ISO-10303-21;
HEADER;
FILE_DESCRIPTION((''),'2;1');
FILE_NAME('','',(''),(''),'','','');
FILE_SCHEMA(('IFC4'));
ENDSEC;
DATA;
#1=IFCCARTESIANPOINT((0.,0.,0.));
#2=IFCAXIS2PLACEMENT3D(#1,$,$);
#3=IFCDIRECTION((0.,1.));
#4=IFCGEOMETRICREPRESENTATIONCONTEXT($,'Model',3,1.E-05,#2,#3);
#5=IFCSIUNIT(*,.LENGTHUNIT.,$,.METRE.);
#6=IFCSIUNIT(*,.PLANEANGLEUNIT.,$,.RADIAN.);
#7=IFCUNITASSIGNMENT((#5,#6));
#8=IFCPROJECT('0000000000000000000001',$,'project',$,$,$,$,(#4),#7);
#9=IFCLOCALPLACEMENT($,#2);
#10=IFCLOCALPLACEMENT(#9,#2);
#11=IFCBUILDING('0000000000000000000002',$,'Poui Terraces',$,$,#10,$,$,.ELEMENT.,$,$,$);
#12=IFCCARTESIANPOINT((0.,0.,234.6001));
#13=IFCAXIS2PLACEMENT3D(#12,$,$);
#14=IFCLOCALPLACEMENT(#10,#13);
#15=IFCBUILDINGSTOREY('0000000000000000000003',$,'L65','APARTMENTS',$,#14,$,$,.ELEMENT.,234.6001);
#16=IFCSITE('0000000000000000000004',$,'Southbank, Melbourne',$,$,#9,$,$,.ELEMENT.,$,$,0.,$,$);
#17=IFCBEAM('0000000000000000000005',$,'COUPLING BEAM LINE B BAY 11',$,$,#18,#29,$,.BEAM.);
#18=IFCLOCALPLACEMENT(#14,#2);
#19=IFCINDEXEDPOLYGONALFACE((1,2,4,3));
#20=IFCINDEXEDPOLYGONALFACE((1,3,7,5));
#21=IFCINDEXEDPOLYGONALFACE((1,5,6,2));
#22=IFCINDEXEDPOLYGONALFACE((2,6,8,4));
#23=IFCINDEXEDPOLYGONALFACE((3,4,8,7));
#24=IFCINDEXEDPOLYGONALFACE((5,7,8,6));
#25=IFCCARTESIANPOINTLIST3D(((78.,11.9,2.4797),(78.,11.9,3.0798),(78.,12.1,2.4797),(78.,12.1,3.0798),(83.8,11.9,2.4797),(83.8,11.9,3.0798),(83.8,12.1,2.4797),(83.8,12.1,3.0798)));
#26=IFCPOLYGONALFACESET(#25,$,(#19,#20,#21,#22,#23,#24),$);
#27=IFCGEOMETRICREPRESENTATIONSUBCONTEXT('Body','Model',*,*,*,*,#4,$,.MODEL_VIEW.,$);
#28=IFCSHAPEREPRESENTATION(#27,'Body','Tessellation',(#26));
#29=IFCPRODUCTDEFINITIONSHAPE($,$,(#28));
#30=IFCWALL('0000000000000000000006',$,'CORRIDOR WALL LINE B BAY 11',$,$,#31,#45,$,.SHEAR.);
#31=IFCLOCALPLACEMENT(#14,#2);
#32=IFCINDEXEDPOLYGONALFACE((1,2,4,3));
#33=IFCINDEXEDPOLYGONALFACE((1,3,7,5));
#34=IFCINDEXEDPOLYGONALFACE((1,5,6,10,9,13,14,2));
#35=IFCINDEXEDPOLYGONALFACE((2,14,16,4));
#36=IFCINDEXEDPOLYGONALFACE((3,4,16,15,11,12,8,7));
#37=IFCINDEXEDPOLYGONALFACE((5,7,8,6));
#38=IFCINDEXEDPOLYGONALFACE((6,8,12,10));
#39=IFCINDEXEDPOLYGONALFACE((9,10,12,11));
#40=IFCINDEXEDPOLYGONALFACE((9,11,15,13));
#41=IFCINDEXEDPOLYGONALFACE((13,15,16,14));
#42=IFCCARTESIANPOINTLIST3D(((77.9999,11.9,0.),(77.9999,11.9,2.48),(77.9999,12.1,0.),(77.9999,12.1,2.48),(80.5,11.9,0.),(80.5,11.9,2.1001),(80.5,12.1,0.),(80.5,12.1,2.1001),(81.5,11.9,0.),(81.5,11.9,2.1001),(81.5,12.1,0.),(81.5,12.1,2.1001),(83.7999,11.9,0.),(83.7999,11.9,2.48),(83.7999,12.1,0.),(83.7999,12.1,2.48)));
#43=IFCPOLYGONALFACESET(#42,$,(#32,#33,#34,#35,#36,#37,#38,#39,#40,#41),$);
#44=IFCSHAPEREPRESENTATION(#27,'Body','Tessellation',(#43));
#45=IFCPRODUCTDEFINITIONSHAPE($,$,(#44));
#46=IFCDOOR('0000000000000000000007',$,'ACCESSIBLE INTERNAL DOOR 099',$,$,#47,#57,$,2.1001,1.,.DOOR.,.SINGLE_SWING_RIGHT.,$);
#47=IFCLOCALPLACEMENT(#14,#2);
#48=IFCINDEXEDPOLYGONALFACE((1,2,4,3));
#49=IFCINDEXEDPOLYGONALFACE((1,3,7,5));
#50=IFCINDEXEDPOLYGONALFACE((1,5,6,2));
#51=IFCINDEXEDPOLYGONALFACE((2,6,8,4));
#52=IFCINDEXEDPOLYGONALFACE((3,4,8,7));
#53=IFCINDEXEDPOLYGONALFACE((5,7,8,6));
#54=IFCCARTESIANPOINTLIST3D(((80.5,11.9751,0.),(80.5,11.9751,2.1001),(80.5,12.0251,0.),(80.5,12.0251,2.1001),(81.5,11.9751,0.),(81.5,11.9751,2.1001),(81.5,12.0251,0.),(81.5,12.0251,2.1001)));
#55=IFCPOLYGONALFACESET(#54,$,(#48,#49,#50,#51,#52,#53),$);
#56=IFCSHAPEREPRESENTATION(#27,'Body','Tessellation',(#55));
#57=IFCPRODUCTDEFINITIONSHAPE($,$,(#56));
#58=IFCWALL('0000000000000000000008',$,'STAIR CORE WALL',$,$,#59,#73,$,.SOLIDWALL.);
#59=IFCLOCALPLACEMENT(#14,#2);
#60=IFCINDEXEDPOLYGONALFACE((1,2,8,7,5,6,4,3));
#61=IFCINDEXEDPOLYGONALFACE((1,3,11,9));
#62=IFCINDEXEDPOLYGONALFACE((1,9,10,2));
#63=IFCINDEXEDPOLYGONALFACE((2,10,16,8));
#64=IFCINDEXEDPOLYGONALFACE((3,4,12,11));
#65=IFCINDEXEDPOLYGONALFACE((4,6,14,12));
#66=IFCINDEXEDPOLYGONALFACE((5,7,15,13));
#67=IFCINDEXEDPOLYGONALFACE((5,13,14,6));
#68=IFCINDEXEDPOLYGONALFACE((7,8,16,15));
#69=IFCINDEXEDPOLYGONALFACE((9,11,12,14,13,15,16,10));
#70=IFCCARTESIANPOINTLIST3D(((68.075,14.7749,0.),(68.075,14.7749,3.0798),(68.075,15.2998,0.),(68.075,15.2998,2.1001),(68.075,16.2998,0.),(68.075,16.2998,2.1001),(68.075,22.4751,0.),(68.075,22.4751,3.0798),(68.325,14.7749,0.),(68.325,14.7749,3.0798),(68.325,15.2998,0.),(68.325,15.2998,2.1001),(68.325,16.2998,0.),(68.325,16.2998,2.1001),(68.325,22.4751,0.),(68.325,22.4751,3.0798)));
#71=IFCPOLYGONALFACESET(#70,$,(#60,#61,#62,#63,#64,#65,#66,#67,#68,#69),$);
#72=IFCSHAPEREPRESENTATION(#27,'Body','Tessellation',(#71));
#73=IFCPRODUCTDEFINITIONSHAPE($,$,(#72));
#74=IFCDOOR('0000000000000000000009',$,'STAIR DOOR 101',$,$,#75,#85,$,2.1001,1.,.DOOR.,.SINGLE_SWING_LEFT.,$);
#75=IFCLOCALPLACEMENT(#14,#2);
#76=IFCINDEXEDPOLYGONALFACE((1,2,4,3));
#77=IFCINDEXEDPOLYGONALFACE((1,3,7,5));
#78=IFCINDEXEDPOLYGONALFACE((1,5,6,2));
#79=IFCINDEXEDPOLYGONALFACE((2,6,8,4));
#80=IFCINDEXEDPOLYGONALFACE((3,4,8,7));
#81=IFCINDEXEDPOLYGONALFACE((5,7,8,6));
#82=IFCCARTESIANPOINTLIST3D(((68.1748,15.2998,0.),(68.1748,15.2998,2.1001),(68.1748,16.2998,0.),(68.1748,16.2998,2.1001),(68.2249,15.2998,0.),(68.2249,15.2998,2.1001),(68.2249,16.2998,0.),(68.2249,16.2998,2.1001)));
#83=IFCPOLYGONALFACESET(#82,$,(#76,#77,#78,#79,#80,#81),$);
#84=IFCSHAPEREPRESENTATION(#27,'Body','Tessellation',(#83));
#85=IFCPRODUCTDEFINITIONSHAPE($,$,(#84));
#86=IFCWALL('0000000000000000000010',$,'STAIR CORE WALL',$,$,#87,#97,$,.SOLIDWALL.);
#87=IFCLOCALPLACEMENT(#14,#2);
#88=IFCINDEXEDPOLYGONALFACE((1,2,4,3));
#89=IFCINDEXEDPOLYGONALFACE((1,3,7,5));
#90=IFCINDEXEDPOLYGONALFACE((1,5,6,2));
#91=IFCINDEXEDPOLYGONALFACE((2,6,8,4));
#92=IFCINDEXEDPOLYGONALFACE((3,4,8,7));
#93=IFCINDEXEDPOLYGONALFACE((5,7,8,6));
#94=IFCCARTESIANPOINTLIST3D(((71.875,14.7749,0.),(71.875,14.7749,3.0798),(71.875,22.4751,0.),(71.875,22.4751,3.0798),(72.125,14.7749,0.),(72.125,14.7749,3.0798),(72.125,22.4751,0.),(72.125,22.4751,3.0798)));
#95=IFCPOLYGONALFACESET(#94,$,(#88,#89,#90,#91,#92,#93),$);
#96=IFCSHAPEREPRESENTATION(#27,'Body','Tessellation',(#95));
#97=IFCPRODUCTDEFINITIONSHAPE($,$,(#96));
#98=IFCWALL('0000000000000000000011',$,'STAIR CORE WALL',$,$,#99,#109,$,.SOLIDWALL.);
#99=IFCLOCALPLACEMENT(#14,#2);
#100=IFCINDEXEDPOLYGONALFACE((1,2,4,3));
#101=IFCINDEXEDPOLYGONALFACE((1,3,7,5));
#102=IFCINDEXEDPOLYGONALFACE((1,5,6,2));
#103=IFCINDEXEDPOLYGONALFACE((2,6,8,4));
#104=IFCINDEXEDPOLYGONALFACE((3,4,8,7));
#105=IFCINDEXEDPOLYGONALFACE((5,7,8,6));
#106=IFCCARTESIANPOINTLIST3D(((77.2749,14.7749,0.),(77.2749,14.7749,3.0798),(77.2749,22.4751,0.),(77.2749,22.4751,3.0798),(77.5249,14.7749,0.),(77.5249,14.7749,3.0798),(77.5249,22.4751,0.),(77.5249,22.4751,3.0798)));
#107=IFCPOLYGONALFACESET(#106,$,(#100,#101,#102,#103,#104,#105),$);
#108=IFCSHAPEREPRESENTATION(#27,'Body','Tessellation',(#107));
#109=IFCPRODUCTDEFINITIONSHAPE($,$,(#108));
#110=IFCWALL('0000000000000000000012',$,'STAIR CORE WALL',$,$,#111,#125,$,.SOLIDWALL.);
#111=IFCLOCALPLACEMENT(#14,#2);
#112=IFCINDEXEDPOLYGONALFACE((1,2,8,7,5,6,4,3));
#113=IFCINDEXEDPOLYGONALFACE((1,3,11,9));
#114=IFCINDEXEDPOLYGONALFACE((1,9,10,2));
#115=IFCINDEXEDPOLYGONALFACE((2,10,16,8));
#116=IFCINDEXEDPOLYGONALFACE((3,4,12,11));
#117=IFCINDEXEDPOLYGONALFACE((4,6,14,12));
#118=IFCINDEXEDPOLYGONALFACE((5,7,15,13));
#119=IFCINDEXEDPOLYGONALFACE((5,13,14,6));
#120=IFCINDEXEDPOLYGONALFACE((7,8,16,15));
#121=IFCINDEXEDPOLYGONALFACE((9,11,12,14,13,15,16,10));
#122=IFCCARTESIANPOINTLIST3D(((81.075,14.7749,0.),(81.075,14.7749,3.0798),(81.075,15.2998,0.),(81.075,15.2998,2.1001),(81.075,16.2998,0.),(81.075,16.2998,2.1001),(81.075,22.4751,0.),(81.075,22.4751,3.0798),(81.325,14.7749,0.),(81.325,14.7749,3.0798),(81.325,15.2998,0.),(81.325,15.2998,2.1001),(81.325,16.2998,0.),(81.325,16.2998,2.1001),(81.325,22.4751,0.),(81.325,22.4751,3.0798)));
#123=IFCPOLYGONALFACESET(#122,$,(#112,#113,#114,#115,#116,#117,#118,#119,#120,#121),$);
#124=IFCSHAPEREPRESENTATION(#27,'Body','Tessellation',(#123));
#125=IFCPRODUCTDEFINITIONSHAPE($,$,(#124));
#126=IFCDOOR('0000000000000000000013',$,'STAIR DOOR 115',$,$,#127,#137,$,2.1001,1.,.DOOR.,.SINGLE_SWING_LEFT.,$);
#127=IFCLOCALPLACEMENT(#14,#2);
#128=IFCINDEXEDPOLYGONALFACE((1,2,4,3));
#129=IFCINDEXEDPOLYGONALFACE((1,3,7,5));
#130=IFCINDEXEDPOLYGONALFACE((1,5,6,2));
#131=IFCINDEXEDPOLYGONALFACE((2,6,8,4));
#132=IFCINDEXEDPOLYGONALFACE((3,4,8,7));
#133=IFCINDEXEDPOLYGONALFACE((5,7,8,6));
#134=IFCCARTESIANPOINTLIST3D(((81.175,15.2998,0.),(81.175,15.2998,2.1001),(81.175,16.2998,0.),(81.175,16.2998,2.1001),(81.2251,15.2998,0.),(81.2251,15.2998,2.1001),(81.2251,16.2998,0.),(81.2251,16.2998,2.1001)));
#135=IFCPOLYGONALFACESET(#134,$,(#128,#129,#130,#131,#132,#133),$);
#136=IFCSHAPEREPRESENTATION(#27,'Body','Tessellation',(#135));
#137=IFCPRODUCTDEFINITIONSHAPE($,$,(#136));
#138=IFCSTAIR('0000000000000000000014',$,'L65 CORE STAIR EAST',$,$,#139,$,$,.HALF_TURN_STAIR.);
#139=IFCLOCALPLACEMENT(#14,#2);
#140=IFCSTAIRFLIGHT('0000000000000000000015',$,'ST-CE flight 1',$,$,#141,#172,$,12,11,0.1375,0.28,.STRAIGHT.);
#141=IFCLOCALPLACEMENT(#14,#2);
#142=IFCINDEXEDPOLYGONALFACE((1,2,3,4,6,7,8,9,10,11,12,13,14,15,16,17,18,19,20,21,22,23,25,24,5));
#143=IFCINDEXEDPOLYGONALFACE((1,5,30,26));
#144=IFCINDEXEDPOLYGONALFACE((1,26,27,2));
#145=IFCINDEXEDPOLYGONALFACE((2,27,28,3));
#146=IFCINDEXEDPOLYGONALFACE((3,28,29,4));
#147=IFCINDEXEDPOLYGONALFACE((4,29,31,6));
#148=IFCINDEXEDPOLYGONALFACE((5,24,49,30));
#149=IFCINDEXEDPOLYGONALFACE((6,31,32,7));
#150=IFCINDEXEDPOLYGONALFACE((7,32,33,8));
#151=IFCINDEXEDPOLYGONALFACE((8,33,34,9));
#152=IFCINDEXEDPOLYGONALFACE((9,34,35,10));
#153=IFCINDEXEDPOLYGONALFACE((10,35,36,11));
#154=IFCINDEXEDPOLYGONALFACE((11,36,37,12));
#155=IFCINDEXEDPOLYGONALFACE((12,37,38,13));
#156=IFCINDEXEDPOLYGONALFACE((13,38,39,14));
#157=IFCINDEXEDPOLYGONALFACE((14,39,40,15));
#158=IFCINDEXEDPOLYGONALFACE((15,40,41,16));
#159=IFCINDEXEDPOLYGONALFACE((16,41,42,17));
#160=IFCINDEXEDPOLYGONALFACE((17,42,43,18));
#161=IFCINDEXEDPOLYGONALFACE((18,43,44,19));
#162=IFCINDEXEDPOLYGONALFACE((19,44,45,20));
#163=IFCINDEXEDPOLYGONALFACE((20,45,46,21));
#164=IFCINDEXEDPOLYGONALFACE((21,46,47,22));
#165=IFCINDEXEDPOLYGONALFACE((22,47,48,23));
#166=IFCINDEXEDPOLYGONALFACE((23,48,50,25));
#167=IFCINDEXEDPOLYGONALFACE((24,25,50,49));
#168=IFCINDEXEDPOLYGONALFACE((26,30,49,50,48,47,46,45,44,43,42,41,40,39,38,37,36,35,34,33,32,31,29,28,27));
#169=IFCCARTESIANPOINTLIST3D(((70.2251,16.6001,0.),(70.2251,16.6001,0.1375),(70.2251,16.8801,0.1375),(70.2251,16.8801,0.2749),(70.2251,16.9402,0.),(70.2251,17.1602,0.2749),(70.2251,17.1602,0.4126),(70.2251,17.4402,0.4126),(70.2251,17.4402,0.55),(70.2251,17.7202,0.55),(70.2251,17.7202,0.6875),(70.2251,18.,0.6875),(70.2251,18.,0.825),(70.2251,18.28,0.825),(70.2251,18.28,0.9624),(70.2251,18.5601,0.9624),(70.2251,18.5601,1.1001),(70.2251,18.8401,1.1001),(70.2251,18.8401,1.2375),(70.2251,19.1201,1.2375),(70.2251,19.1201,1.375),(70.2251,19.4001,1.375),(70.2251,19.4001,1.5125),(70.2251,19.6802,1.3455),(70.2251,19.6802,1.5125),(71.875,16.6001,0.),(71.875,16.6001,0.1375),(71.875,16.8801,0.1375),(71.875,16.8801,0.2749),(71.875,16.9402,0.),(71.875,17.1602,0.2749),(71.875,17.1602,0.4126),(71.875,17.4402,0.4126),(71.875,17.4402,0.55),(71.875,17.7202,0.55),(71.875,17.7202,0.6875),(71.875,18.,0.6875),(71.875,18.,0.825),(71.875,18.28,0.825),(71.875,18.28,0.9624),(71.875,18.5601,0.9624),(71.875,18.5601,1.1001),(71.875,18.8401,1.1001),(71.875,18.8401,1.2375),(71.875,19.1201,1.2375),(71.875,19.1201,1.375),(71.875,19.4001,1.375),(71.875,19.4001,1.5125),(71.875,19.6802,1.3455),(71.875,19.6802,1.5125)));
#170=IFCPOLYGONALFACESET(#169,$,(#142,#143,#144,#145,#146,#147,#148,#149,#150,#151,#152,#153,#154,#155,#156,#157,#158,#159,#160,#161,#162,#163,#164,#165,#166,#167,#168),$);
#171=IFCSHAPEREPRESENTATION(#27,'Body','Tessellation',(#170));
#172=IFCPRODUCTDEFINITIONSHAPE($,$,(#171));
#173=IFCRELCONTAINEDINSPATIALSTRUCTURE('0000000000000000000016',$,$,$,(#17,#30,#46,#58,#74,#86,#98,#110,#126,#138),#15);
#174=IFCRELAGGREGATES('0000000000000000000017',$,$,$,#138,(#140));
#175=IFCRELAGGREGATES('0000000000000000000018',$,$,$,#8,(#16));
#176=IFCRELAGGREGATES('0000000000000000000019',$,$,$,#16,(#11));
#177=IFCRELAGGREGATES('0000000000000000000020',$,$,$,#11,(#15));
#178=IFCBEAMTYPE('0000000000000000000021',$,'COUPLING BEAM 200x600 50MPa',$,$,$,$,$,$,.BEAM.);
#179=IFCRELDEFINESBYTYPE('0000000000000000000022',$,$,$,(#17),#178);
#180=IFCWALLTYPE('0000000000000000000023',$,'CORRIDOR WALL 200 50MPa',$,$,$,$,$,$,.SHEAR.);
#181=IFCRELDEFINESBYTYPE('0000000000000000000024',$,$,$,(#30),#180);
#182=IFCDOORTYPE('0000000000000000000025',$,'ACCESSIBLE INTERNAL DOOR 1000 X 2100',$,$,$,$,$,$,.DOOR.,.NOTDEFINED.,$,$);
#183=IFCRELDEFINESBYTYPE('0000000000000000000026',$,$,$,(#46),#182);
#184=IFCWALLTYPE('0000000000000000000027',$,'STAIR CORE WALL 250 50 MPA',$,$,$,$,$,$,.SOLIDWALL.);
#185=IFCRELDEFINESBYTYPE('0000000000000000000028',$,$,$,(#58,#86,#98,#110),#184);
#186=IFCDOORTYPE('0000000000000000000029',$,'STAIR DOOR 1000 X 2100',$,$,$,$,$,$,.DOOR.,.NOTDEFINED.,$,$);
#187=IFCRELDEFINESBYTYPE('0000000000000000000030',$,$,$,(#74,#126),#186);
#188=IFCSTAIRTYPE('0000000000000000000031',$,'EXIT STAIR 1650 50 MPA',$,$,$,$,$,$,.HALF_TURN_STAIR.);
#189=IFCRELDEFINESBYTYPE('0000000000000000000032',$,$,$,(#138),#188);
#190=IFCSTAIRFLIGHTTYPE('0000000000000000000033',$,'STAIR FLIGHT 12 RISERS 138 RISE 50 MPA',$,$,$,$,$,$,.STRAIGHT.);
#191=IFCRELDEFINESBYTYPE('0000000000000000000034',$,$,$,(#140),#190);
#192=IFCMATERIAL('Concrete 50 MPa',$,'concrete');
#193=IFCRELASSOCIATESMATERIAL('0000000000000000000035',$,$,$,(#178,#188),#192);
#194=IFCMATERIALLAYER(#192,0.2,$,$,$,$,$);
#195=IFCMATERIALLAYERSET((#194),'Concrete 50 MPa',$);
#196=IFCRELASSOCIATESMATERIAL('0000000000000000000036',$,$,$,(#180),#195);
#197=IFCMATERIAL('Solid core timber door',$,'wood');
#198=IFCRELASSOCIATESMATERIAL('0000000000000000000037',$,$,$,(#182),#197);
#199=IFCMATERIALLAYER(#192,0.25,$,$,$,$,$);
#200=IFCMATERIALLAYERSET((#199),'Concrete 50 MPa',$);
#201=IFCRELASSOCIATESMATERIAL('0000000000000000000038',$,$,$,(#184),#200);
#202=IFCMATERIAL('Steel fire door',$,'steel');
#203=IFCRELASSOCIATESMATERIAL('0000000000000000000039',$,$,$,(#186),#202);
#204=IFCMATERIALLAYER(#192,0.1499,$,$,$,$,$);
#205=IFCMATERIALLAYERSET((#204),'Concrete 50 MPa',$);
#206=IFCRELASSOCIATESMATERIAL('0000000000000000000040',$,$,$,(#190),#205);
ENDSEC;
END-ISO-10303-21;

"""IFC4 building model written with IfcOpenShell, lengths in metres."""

from ifc_helpers import new_model, si_unit, direction, frame, frame_2d, origin, origin_2d, place, context, subcontext, project, spatial, polyline, rectangle, outline, extrude, source, transform, mapped, material, layer, layer_set, material_profile, profile_set, type_object, element, fill, aggregate, save


model = new_model("IFC4")

# Units and contexts
model_context = context("Model", 3, precision=1e-05, world=origin(), true_north=direction((0.0, 1.0)))
body_context = subcontext(model_context, "Body", "Model", "MODEL_VIEW")
ifc_project = project(units=[si_unit("LENGTHUNIT", "METRE"), si_unit("PLANEANGLEUNIT", "RADIAN")], contexts=[model_context])

# Site, building, storey
site_placement = place(None, origin())
site = spatial("IfcSite", under=ifc_project, at=site_placement, Name="Southbank, Melbourne", CompositionType="ELEMENT", RefElevation=0.0)
building_placement = place(site_placement, origin())
building = spatial("IfcBuilding", under=site, at=building_placement, Name="Poui Terraces", CompositionType="ELEMENT")
storey_placement = place(building_placement, frame((0.0, 0.0, 234.6001)))
storey = spatial("IfcBuildingStorey", under=building, at=storey_placement, Name="L65", Description="APARTMENTS", CompositionType="ELEMENT", Elevation=234.6001)

# Beam
ifc_material_1 = material(Name="Concrete 50 MPa", Category="concrete")
ifc_material_profile = material_profile(ifc_material_1, rectangle(XDim=0.2, YDim=0.6001, at=origin_2d()), Name="RC 200x600")
ifc_profile_set = profile_set([ifc_material_profile], Name="Concrete 50 MPa")
beam_type = type_object("IfcBeamType", Name="COUPLING BEAM 200x600 50MPa", PredefinedType="BEAM", material=ifc_profile_set)
shared_shape = source(origin(), body_context, "Body", "SweptSolid", [
    extrude(rectangle(XDim=0.2, YDim=0.6001, at=origin_2d()), origin(), (0.0, 0.0, 1.0), 5.8),
])
beam_placement = place(storey_placement, frame((78.0, 12.0, 2.7798), z_axis=(1.0, 0.0, 0.0), x_axis=(0.0, 1.0, 0.0)))
element("IfcBeam", 1, at=beam_placement, inside=storey, type_object=beam_type, Name="COUPLING BEAM LINE B BAY 11", PredefinedType="BEAM", context=body_context, shape_type="MappedRepresentation", body=[
    mapped(shared_shape, transform((0.0, 0.0, 0.0))),
])

# Walls, openings, doors
ifc_layer_1 = layer(ifc_material_1, 0.2)
ifc_layer_set_1 = layer_set([ifc_layer_1], Name="Concrete 50 MPa")
wall_type_1 = type_object("IfcWallType", Name="CORRIDOR WALL 200 50MPa", PredefinedType="SHEAR", material=ifc_layer_set_1)
wall_1_placement = place(storey_placement, frame((78.0, 12.0, 0.0), z_axis=(0.0, 0.0, 1.0), x_axis=(1.0, 0.0, 0.0)))
wall_1 = element("IfcWall", 2, at=wall_1_placement, inside=storey, type_object=wall_type_1, Name="CORRIDOR WALL LINE B BAY 11", PredefinedType="SHEAR", context=body_context, shape_type="SweptSolid", body=[
    extrude(rectangle(XDim=5.8, YDim=0.2, at=frame_2d((2.8999, 0.0))), origin(), (0.0, 0.0, 1.0), 2.48),
])
opening_1_placement = place(wall_1_placement, frame((2.5, 0.0, 0.0)))
opening_1 = element("IfcOpeningElement", 3, at=opening_1_placement, cuts=wall_1, PredefinedType="OPENING", context=body_context, shape_type="SweptSolid", body=[
    extrude(rectangle(XDim=1.0, YDim=2.1001, at=frame_2d((0.5, 1.05))), frame((0.0, 0.1099, 0.0), z_axis=(0.0, -1.0, 0.0), x_axis=(1.0, 0.0, 0.0)), (0.0, 0.0, 1.0), 0.22),
])
ifc_material_2 = material(Name="Solid core timber door", Category="wood")
door_type_1 = type_object("IfcDoorType", Name="ACCESSIBLE INTERNAL DOOR 1000 X 2100", OperationType="NOTDEFINED", PredefinedType="DOOR", material=ifc_material_2)
door_1_placement = place(opening_1_placement, frame((1.0, 0.0, 0.0), z_axis=(0.0, 0.0, 1.0), x_axis=(-1.0, 0.0, 0.0)))
door_1 = element("IfcDoor", 4, at=door_1_placement, inside=storey, type_object=door_type_1, Name="ACCESSIBLE INTERNAL DOOR 099", OperationType="SINGLE_SWING_RIGHT", OverallHeight=2.1001, OverallWidth=1.0, PredefinedType="DOOR", context=body_context, shape_type="SweptSolid", body=[
    extrude(rectangle(XDim=1.0, YDim=2.1001, at=frame_2d((0.5, 1.05))), frame((0.0, 0.0249, 0.0), z_axis=(0.0, -1.0, 0.0), x_axis=(1.0, 0.0, 0.0)), (0.0, 0.0, 1.0), 0.05),
])
fill(opening_1, door_1)
ifc_layer_2 = layer(ifc_material_1, 0.25)
ifc_layer_set_2 = layer_set([ifc_layer_2], Name="Concrete 50 MPa")
wall_type_2 = type_object("IfcWallType", Name="STAIR CORE WALL 250 50 MPA", PredefinedType="SOLIDWALL", material=ifc_layer_set_2)
wall_2_placement = place(storey_placement, frame((68.2, 14.7749, 0.0), z_axis=(0.0, 0.0, 1.0), x_axis=(0.0, 1.0, 0.0)))
wall_2 = element("IfcWall", 5, at=wall_2_placement, inside=storey, type_object=wall_type_2, Name="STAIR CORE WALL", PredefinedType="SOLIDWALL", context=body_context, shape_type="SweptSolid", body=[
    extrude(rectangle(XDim=7.7002, YDim=0.25, at=frame_2d((3.8501, 0.0))), origin(), (0.0, 0.0, 1.0), 3.0798),
])
opening_2_placement = place(wall_2_placement, frame((0.5249, 0.0, 0.0)))
opening_2 = element("IfcOpeningElement", 6, at=opening_2_placement, cuts=wall_2, PredefinedType="OPENING", context=body_context, shape_type="SweptSolid", body=[
    extrude(rectangle(XDim=1.0, YDim=2.1001, at=frame_2d((0.5, 1.05))), frame((0.0, 0.135, 0.0), z_axis=(0.0, -1.0, 0.0), x_axis=(1.0, 0.0, 0.0)), (0.0, 0.0, 1.0), 0.27),
])
ifc_material_3 = material(Name="Steel fire door", Category="steel")
door_type_2 = type_object("IfcDoorType", Name="STAIR DOOR 1000 X 2100", OperationType="NOTDEFINED", PredefinedType="DOOR", material=ifc_material_3)
door_2_placement = place(opening_2_placement, frame((1.0, 0.0, 0.0), z_axis=(0.0, 0.0, 1.0), x_axis=(-1.0, 0.0, 0.0)))
door_2 = element("IfcDoor", 7, at=door_2_placement, inside=storey, type_object=door_type_2, Name="STAIR DOOR 101", OperationType="SINGLE_SWING_LEFT", OverallHeight=2.1001, OverallWidth=1.0, PredefinedType="DOOR", context=body_context, shape_type="SweptSolid", body=[
    extrude(rectangle(XDim=1.0, YDim=2.1001, at=frame_2d((0.5, 1.05))), frame((0.0, 0.0249, 0.0), z_axis=(0.0, -1.0, 0.0), x_axis=(1.0, 0.0, 0.0)), (0.0, 0.0, 1.0), 0.05),
])
fill(opening_2, door_2)

# Walls
for number, where, z_axis, x_axis, name in (
    (8, (72.0, 14.7749, 0.0), (0.0, 0.0, 1.0), (0.0, 1.0, 0.0), "STAIR CORE WALL"),
    (9, (77.3999, 14.7749, 0.0), (0.0, 0.0, 1.0), (0.0, 1.0, 0.0), "STAIR CORE WALL"),
):
    element("IfcWall", number, at=place(storey_placement, frame(where, z_axis=z_axis, x_axis=x_axis)), inside=storey, type_object=wall_type_2, Name=name, PredefinedType="SOLIDWALL", context=body_context, shape_type="SweptSolid", body=[
        extrude(rectangle(XDim=7.7002, YDim=0.25, at=frame_2d((3.8501, 0.0))), origin(), (0.0, 0.0, 1.0), 3.0798),
    ])

# Wall, opening, door
wall_3_placement = place(storey_placement, frame((81.2, 14.7749, 0.0), z_axis=(0.0, 0.0, 1.0), x_axis=(0.0, 1.0, 0.0)))
wall_3 = element("IfcWall", 10, at=wall_3_placement, inside=storey, type_object=wall_type_2, Name="STAIR CORE WALL", PredefinedType="SOLIDWALL", context=body_context, shape_type="SweptSolid", body=[
    extrude(rectangle(XDim=7.7002, YDim=0.25, at=frame_2d((3.8501, 0.0))), origin(), (0.0, 0.0, 1.0), 3.0798),
])
opening_3_placement = place(wall_3_placement, frame((0.5249, 0.0, 0.0)))
opening_3 = element("IfcOpeningElement", 11, at=opening_3_placement, cuts=wall_3, PredefinedType="OPENING", context=body_context, shape_type="SweptSolid", body=[
    extrude(rectangle(XDim=1.0, YDim=2.1001, at=frame_2d((0.5, 1.05))), frame((0.0, 0.135, 0.0), z_axis=(0.0, -1.0, 0.0), x_axis=(1.0, 0.0, 0.0)), (0.0, 0.0, 1.0), 0.27),
])
door_3_placement = place(opening_3_placement, origin())
door_3 = element("IfcDoor", 12, at=door_3_placement, inside=storey, type_object=door_type_2, Name="STAIR DOOR 115", OperationType="SINGLE_SWING_LEFT", OverallHeight=2.1001, OverallWidth=1.0, PredefinedType="DOOR", context=body_context, shape_type="SweptSolid", body=[
    extrude(rectangle(XDim=1.0, YDim=2.1001, at=frame_2d((0.5, 1.05))), frame((0.0, 0.0249, 0.0), z_axis=(0.0, -1.0, 0.0), x_axis=(1.0, 0.0, 0.0)), (0.0, 0.0, 1.0), 0.05),
])
fill(opening_3, door_3)

# Stair, stair flight
stair_type = type_object("IfcStairType", Name="EXIT STAIR 1650 50 MPA", PredefinedType="HALF_TURN_STAIR", material=ifc_material_1)
stair_1_placement = place(storey_placement, origin())
stair_1 = element("IfcStair", 13, at=stair_1_placement, inside=storey, type_object=stair_type, Name="L65 CORE STAIR EAST", PredefinedType="HALF_TURN_STAIR")
ifc_layer_3 = layer(ifc_material_1, 0.1499)
ifc_layer_set_3 = layer_set([ifc_layer_3], Name="Concrete 50 MPa")
stair_flight_type = type_object("IfcStairFlightType", Name="STAIR FLIGHT 12 RISERS 138 RISE 50 MPA", PredefinedType="STRAIGHT", material=ifc_layer_set_3)
stair_flight_1_placement = place(storey_placement, frame((71.05, 16.6001, 0.0), z_axis=(0.0, 0.0, 1.0), x_axis=(0.0, 1.0, 0.0)))
stair_flight_1 = element("IfcStairFlight", 14, at=stair_flight_1_placement, type_object=stair_flight_type, Name="ST-CE flight 1", NumberOfRisers=12, NumberOfTreads=11, PredefinedType="STRAIGHT", RiserHeight=0.1375, TreadLength=0.28, context=body_context, shape_type="SweptSolid", body=[
    extrude(outline(polyline([(0.0, 0.0), (0.0, 0.1375), (0.28, 0.1375), (0.28, 0.2749), (0.5601, 0.2749), (0.5601, 0.4126), (0.8401, 0.4126), (0.8401, 0.55), (1.1201, 0.55), (1.1201, 0.6875), (1.3999, 0.6875), (1.3999, 0.825), (1.6799, 0.825), (1.6799, 0.9624), (1.96, 0.9624), (1.96, 1.1001), (2.24, 1.1001), (2.24, 1.2375), (2.52, 1.2375), (2.52, 1.375), (2.8, 1.375), (2.8, 1.5125), (3.0801, 1.5125), (3.0801, 1.6499), (3.0801, 1.3455), (0.3401, 0.0), (0.0, 0.0)])), frame((0.0, 0.825, 0.0), z_axis=(0.0, -1.0, 0.0), x_axis=(1.0, 0.0, 0.0)), (0.0, 0.0, 1.0), 1.6499),
])
aggregate(stair_1, [stair_flight_1])

save(model, "model.ifc")
